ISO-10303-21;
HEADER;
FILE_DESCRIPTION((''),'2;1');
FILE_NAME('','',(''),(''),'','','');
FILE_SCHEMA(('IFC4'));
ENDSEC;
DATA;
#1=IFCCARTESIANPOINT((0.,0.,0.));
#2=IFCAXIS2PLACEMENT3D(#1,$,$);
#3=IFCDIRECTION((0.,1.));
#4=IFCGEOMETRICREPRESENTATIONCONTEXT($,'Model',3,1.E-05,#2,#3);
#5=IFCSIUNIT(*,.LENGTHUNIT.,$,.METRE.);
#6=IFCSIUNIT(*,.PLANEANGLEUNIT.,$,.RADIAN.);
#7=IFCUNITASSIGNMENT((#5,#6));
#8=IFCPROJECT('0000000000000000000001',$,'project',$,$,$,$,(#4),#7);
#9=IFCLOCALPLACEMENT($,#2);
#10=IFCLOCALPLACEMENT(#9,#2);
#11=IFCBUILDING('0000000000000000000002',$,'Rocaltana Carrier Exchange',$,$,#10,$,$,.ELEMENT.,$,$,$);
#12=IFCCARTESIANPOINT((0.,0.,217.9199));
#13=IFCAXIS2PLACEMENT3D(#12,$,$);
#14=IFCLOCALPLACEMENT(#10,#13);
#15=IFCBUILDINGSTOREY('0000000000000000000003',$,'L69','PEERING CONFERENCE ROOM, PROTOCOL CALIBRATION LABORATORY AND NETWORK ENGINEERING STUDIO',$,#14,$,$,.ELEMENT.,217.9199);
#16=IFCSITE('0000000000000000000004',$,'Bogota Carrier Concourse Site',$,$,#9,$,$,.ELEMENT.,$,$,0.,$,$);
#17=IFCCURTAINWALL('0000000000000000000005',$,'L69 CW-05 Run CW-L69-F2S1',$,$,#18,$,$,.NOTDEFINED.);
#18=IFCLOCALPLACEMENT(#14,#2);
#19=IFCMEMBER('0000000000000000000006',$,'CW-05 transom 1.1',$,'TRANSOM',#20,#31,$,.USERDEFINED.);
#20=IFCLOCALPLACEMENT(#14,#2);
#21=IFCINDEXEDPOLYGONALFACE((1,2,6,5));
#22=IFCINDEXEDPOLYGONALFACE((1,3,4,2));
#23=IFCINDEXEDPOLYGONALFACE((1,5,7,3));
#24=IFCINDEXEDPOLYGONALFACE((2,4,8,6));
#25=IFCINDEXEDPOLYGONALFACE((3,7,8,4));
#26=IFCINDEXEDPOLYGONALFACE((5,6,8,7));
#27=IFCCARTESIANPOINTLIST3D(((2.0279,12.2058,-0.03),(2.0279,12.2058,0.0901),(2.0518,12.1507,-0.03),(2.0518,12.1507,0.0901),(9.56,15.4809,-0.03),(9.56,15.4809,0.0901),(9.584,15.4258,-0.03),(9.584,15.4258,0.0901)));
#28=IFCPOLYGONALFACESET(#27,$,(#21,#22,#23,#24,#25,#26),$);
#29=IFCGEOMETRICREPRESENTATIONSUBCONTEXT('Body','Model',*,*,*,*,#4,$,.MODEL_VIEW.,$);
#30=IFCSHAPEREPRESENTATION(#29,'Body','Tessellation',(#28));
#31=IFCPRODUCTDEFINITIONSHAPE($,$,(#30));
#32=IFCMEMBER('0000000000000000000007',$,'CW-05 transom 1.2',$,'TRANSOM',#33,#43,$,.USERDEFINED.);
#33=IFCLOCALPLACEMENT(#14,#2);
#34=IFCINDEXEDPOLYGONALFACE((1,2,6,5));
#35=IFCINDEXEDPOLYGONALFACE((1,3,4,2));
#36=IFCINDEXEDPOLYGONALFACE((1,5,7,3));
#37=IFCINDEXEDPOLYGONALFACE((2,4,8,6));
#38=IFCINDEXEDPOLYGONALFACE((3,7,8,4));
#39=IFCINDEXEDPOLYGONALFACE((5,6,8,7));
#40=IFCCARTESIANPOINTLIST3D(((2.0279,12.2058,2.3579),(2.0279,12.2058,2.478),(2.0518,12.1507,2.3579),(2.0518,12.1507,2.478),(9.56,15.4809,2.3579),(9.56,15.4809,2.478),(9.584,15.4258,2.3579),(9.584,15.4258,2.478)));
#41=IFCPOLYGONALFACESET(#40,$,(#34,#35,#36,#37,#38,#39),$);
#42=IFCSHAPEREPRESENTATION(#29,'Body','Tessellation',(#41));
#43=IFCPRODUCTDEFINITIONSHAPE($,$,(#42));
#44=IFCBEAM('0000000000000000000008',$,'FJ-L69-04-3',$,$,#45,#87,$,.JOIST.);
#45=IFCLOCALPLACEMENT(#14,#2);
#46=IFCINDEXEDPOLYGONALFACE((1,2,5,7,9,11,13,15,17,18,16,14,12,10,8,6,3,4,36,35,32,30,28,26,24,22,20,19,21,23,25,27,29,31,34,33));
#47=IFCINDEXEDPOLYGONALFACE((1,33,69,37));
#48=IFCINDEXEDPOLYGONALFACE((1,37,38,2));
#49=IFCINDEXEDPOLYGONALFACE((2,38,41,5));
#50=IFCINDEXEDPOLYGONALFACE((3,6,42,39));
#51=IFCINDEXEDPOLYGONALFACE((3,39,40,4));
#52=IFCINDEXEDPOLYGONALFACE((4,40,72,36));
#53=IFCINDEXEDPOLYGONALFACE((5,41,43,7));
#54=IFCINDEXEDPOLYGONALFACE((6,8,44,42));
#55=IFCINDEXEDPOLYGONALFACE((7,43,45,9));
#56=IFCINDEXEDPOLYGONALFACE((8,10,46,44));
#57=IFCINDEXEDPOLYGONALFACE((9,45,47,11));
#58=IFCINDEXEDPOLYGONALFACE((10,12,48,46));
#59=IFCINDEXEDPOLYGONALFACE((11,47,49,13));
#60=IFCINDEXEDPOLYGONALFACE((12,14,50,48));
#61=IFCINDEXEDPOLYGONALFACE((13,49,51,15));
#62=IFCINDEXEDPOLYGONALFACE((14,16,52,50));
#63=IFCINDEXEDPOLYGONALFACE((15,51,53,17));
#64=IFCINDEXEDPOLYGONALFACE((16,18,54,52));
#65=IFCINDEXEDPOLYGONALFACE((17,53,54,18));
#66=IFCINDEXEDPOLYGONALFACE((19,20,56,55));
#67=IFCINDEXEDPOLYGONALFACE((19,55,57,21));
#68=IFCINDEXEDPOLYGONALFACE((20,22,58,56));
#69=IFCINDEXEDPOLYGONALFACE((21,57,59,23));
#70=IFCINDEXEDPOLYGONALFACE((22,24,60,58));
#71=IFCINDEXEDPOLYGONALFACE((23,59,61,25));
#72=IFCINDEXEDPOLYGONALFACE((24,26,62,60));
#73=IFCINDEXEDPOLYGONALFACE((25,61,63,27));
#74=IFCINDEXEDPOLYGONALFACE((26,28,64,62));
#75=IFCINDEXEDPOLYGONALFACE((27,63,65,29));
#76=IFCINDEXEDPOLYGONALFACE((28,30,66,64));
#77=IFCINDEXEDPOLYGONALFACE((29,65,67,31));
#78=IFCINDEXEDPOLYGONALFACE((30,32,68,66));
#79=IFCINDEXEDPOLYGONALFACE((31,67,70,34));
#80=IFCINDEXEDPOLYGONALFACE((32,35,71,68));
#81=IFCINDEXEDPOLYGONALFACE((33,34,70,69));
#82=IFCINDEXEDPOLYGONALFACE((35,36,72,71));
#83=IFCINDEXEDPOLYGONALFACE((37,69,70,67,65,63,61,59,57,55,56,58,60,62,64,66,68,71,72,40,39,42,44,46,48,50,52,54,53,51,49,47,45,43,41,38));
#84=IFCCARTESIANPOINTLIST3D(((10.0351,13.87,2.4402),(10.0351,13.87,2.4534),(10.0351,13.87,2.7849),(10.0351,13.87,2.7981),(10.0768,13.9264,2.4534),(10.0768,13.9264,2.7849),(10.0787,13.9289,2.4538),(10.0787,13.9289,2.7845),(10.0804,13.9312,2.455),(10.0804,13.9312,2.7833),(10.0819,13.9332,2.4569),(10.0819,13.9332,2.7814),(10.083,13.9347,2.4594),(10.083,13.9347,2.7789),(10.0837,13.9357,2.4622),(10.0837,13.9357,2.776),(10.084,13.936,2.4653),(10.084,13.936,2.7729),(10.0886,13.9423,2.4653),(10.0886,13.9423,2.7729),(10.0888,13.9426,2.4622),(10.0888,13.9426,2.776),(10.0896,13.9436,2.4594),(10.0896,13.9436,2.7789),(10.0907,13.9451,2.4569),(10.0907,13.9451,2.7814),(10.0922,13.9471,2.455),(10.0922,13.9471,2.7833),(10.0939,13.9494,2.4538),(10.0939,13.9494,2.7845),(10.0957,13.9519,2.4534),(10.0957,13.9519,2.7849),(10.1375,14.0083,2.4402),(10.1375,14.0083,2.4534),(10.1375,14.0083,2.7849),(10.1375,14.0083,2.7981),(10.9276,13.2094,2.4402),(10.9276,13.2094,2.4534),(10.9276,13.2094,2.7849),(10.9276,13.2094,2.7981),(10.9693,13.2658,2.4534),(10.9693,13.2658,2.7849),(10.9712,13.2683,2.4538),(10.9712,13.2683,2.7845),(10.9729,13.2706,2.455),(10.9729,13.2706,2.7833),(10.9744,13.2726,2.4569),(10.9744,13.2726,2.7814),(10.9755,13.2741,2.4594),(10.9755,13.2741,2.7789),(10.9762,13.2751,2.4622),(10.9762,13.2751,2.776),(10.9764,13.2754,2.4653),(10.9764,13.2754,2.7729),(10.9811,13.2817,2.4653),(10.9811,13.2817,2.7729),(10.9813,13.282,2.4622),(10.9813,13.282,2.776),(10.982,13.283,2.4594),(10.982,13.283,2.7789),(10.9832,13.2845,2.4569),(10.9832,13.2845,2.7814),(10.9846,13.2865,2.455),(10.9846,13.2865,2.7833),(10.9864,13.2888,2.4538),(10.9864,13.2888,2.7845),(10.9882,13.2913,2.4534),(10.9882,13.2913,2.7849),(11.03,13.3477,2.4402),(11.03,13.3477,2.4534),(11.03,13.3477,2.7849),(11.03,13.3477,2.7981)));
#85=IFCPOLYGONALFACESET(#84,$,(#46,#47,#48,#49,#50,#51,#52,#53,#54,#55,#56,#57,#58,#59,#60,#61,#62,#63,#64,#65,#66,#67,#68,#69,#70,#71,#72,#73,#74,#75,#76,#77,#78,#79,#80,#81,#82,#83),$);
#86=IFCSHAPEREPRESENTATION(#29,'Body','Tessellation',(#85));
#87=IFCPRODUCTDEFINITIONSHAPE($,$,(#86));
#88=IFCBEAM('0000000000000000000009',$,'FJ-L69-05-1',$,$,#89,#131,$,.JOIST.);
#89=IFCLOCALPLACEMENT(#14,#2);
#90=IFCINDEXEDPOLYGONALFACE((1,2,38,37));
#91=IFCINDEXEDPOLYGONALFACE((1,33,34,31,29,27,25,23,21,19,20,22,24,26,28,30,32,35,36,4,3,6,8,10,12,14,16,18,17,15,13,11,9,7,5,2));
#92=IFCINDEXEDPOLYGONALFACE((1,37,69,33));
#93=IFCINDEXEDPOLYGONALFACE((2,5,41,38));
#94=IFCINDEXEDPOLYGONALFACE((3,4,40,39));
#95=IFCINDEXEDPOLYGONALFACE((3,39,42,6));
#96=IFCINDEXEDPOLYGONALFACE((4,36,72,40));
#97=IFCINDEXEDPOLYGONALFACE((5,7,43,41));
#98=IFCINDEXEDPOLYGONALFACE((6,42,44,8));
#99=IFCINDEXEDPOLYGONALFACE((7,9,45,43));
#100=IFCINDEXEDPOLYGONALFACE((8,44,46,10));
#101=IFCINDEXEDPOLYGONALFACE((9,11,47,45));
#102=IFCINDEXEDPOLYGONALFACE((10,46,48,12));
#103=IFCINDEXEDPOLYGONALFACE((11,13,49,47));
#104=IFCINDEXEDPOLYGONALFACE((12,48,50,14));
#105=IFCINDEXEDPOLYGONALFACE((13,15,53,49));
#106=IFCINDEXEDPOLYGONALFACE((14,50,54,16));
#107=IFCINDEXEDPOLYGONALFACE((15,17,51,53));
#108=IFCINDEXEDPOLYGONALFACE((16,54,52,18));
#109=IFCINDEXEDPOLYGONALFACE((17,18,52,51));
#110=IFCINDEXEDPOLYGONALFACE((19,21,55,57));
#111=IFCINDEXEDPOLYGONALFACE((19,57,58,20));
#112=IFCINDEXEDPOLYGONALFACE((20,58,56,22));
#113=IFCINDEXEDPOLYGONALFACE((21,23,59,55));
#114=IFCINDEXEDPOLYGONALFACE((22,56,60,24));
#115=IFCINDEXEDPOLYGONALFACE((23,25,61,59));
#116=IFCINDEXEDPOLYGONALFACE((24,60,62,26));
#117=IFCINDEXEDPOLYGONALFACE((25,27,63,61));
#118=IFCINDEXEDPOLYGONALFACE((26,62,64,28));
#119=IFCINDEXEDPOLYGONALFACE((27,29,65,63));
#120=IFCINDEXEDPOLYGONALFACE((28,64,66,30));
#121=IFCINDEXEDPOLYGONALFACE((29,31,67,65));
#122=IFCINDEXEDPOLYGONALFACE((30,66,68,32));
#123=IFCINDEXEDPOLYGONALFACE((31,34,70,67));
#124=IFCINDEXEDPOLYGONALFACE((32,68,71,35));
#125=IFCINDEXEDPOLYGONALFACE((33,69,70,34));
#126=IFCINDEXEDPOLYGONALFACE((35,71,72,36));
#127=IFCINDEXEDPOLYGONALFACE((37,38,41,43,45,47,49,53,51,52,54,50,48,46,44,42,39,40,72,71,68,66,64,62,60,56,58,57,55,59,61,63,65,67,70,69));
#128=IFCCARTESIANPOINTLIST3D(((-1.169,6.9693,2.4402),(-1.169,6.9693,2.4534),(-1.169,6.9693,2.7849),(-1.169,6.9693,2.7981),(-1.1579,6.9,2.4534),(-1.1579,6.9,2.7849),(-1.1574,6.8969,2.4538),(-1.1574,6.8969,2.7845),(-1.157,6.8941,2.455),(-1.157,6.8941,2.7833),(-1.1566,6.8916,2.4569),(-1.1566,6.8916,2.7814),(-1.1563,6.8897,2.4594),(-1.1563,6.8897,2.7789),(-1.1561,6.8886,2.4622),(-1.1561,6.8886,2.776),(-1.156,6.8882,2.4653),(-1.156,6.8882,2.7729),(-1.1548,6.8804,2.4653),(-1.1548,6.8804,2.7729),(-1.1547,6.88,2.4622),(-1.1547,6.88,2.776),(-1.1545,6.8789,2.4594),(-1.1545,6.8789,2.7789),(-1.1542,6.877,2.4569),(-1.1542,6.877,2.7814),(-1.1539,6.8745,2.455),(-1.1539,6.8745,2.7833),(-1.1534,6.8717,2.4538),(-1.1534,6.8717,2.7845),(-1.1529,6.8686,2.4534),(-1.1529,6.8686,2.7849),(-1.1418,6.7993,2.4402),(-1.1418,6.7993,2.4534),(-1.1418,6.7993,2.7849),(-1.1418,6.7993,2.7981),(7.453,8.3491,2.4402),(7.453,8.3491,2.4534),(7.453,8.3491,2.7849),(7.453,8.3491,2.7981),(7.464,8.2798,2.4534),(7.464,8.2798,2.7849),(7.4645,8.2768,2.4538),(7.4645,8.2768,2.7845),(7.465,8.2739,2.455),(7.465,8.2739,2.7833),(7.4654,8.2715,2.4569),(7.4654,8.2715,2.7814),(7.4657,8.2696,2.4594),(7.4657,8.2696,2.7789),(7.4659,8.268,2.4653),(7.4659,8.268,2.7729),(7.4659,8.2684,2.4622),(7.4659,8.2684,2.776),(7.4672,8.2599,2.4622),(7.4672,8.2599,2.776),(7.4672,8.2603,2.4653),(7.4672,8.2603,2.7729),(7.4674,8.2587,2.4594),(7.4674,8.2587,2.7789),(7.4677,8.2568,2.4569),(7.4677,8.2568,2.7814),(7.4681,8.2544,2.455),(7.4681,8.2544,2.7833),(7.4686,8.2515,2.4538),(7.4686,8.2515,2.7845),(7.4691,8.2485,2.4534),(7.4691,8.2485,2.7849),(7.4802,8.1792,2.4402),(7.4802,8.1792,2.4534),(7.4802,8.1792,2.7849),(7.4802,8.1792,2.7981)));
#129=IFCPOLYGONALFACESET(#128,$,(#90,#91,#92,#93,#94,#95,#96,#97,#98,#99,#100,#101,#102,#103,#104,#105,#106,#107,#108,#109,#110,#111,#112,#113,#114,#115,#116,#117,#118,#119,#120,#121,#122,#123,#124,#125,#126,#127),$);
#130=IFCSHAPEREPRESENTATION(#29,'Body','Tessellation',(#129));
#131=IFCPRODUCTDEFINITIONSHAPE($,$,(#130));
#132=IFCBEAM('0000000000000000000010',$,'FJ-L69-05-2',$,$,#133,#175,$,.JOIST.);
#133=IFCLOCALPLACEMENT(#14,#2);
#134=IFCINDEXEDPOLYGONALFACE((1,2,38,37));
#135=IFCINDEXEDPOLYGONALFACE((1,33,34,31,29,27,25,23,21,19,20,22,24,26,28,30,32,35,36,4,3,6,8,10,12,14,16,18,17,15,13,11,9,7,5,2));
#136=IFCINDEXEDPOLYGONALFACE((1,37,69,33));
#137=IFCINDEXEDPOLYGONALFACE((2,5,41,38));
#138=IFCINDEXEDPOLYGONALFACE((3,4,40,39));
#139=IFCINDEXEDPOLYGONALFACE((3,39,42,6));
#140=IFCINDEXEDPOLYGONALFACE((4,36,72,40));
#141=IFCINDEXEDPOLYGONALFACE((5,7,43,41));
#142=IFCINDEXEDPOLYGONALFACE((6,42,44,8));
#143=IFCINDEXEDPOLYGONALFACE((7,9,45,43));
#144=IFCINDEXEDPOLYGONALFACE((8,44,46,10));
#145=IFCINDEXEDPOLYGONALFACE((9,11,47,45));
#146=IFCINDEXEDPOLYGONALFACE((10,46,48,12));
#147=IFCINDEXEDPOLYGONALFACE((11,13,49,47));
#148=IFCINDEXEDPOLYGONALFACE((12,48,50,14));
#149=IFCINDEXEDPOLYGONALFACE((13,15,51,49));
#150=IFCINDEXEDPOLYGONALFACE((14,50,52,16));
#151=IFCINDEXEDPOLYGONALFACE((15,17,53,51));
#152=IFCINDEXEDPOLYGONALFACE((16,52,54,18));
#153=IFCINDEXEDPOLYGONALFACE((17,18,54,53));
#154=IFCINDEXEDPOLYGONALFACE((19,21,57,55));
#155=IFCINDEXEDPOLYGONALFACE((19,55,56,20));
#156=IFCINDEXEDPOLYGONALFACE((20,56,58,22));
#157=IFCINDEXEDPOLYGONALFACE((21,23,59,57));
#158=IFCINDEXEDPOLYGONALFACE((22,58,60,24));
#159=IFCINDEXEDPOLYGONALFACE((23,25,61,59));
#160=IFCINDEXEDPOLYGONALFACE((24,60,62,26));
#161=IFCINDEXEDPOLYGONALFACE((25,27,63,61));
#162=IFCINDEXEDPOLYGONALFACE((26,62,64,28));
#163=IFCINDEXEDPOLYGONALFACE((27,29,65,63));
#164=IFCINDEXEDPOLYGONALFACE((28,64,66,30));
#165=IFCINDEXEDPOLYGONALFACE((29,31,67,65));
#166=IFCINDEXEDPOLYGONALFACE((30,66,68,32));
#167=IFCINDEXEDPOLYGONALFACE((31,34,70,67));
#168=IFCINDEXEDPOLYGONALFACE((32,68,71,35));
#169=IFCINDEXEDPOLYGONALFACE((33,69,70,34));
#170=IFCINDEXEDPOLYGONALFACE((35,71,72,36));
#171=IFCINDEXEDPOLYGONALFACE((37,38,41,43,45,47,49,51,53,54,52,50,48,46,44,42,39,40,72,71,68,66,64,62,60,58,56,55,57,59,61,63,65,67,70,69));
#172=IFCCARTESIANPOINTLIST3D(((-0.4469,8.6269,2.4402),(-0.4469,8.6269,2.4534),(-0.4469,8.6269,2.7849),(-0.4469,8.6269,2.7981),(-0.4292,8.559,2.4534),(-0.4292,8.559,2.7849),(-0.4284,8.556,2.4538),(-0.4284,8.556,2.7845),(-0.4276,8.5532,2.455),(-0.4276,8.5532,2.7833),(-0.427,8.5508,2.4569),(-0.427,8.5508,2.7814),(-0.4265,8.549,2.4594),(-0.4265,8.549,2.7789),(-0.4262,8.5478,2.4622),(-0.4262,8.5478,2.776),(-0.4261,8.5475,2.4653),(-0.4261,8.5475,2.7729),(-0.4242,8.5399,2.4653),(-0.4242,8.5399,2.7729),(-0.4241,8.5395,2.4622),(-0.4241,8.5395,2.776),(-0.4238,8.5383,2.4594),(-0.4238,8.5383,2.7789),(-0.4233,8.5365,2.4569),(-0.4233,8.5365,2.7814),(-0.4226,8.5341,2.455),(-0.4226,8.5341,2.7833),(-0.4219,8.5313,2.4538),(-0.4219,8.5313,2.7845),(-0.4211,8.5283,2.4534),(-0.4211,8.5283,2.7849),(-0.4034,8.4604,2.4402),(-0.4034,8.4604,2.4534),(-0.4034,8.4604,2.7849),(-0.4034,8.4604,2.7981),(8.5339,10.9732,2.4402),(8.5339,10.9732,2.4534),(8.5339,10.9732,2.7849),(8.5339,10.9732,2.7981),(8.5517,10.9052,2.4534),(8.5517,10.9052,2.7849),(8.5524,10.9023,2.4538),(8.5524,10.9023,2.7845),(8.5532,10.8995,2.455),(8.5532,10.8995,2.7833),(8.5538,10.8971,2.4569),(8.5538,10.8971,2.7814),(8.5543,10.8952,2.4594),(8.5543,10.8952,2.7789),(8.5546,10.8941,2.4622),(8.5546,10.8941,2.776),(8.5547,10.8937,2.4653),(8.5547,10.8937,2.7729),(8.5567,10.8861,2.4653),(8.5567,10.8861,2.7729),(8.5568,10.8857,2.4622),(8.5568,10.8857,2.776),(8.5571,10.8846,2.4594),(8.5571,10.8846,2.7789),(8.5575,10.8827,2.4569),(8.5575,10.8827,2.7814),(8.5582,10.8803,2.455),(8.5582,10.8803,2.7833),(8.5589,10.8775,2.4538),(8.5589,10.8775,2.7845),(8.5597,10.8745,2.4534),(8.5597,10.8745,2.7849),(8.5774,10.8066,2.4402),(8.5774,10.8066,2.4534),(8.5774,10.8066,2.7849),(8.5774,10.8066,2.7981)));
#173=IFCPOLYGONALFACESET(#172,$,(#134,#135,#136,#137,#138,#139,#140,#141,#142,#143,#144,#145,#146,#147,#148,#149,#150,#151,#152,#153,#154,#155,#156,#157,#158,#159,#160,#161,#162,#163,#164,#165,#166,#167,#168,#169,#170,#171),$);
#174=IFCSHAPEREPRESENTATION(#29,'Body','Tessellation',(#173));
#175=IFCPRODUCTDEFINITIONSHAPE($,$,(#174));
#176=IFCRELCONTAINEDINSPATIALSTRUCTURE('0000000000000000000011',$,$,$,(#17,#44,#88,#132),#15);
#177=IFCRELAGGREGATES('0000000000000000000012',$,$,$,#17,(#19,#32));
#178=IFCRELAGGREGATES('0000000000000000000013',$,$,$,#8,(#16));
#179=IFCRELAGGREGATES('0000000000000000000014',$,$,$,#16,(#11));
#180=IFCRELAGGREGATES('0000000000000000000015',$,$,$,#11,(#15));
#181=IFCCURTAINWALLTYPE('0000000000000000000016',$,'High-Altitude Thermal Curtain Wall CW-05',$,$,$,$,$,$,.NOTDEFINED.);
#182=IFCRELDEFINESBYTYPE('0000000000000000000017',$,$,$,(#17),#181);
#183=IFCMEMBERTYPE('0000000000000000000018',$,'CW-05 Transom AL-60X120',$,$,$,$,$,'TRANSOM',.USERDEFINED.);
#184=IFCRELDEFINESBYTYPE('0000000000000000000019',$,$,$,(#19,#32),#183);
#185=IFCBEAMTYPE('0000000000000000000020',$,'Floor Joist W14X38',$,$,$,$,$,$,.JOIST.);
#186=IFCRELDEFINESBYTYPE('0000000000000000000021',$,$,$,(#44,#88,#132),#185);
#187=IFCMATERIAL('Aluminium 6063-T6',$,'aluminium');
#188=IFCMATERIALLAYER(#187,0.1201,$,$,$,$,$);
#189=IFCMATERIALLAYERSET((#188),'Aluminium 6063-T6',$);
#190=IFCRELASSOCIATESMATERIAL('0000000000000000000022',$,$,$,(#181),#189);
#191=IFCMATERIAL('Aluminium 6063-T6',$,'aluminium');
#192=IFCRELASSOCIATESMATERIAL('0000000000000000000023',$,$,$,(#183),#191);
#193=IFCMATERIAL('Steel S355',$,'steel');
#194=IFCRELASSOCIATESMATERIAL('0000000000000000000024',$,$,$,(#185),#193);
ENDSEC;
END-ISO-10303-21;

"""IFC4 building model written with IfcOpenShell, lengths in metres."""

from ifc_helpers import new_model, si_unit, direction, frame, origin, origin_2d, place, context, subcontext, project, spatial, rectangle, i_section, extrude, material, layer, layer_set, material_profile, profile_set, type_object, element, aggregate, save


model = new_model("IFC4")

# Units and contexts
model_context = context("Model", 3, precision=1e-05, world=origin(), true_north=direction((0.0, 1.0)))
body_context = subcontext(model_context, "Body", "Model", "MODEL_VIEW")
ifc_project = project(units=[si_unit("LENGTHUNIT", "METRE"), si_unit("PLANEANGLEUNIT", "RADIAN")], contexts=[model_context])

# Site, building, storey
site_placement = place(None, origin())
site = spatial("IfcSite", under=ifc_project, at=site_placement, Name="Bogota Carrier Concourse Site", CompositionType="ELEMENT", RefElevation=0.0)
building_placement = place(site_placement, origin())
building = spatial("IfcBuilding", under=site, at=building_placement, Name="Rocaltana Carrier Exchange", CompositionType="ELEMENT")
storey_placement = place(building_placement, frame((0.0, 0.0, 217.9199)))
storey = spatial("IfcBuildingStorey", under=building, at=storey_placement, Name="L69", Description="PEERING CONFERENCE ROOM, PROTOCOL CALIBRATION LABORATORY AND NETWORK ENGINEERING STUDIO", CompositionType="ELEMENT", Elevation=217.9199)

# Shared definitions
ifc_material_1 = material(Name="Aluminium 6063-T6", Category="aluminium")
ifc_layer_1 = layer(ifc_material_1, 0.1201)
ifc_layer_set_1 = layer_set([ifc_layer_1], Name="Aluminium 6063-T6")
curtain_wall_type = type_object("IfcCurtainWallType", Name="High-Altitude Thermal Curtain Wall CW-05", PredefinedType="NOTDEFINED", material=ifc_layer_set_1)

# Curtain wall
curtain_wall_1_placement = place(storey_placement, origin())
curtain_wall_1 = element("IfcCurtainWall", 1, at=curtain_wall_1_placement, inside=storey, type_object=curtain_wall_type, Name="L69 CW-05 Run CW-L69-F2S1", PredefinedType="NOTDEFINED")

# Members
ifc_material_2 = material(Name="Aluminium 6063-T6", Category="aluminium")
ifc_material_profile_1 = material_profile(ifc_material_2, rectangle(XDim=0.0601, YDim=0.1201, at=origin_2d()), Name="AL-60X120")
ifc_profile_set_1 = profile_set([ifc_material_profile_1], Name="Aluminium 6063-T6")
member_type_1 = type_object("IfcMemberType", Name="CW-05 Transom AL-60X120", ElementType="TRANSOM", PredefinedType="USERDEFINED", material=ifc_profile_set_1)
member_1_placement = place(storey_placement, frame((9.572, 15.4534, 0.03), z_axis=(-0.917058, -0.398753, 0.0), x_axis=(0.398753, -0.917058, 0.0)))
member_1 = element("IfcMember", 2, at=member_1_placement, type_object=member_type_1, Name="CW-05 transom 1.1", ObjectType="TRANSOM", PredefinedType="USERDEFINED", context=body_context, shape_type="SweptSolid", body=[
    extrude(rectangle(XDim=0.0601, YDim=0.1201, at=origin_2d()), origin(), (0.0, 0.0, 1.0), 8.2134),
])
member_2_placement = place(storey_placement, frame((9.572, 15.4534, 2.418), z_axis=(-0.917058, -0.398753, 0.0), x_axis=(0.398753, -0.917058, 0.0)))
member_2 = element("IfcMember", 3, at=member_2_placement, type_object=member_type_1, Name="CW-05 transom 1.2", ObjectType="TRANSOM", PredefinedType="USERDEFINED", context=body_context, shape_type="SweptSolid", body=[
    extrude(rectangle(XDim=0.0601, YDim=0.1201, at=origin_2d()), origin(), (0.0, 0.0, 1.0), 8.2134),
])

# Beams
ifc_material_3 = material(Name="Steel S355", Category="steel")
ifc_material_profile_2 = material_profile(ifc_material_3, i_section(OverallWidth=0.1721, OverallDepth=0.3579, WebThickness=0.0078, FlangeThickness=0.0132, FilletRadius=0.012, at=origin_2d()), Name="W14X38")
ifc_profile_set_2 = profile_set([ifc_material_profile_2], Name="Steel S355")
beam_type_1 = type_object("IfcBeamType", Name="Floor Joist W14X38", PredefinedType="JOIST", material=ifc_profile_set_2)
beam_1_placement = place(storey_placement, frame((10.9788, 13.2786, 2.6191), z_axis=(-0.803783, 0.594923, 0.0), x_axis=(-0.594923, -0.803783, 0.0)))
element("IfcBeam", 4, at=beam_1_placement, inside=storey, type_object=beam_type_1, Name="FJ-L69-04-3", PredefinedType="JOIST", context=body_context, shape_type="SweptSolid", body=[
    extrude(i_section(OverallWidth=0.1721, OverallDepth=0.3579, WebThickness=0.0078, FlangeThickness=0.0132, FilletRadius=0.012, at=origin_2d()), origin(), (0.0, 0.0, 1.0), 1.1104),
])
beam_2_placement = place(storey_placement, frame((7.4666, 8.2642, 2.6191), z_axis=(-0.987434, -0.15803, 0.0), x_axis=(0.15803, -0.987434, 0.0)))
element("IfcBeam", 5, at=beam_2_placement, inside=storey, type_object=beam_type_1, Name="FJ-L69-05-1", PredefinedType="JOIST", context=body_context, shape_type="SweptSolid", body=[
    extrude(i_section(OverallWidth=0.1721, OverallDepth=0.3579, WebThickness=0.0078, FlangeThickness=0.0132, FilletRadius=0.012, at=origin_2d()), origin(), (0.0, 0.0, 1.0), 8.7317),
])
beam_3_placement = place(storey_placement, frame((8.5557, 10.8899, 2.6191), z_axis=(-0.967528, -0.252765, 0.0), x_axis=(0.252765, -0.967528, 0.0)))
element("IfcBeam", 6, at=beam_3_placement, inside=storey, type_object=beam_type_1, Name="FJ-L69-05-2", PredefinedType="JOIST", context=body_context, shape_type="SweptSolid", body=[
    extrude(i_section(OverallWidth=0.1721, OverallDepth=0.3579, WebThickness=0.0078, FlangeThickness=0.0132, FilletRadius=0.012, at=origin_2d()), origin(), (0.0, 0.0, 1.0), 9.2822),
])

aggregate(curtain_wall_1, [member_1, member_2])

save(model, "model.ifc")
